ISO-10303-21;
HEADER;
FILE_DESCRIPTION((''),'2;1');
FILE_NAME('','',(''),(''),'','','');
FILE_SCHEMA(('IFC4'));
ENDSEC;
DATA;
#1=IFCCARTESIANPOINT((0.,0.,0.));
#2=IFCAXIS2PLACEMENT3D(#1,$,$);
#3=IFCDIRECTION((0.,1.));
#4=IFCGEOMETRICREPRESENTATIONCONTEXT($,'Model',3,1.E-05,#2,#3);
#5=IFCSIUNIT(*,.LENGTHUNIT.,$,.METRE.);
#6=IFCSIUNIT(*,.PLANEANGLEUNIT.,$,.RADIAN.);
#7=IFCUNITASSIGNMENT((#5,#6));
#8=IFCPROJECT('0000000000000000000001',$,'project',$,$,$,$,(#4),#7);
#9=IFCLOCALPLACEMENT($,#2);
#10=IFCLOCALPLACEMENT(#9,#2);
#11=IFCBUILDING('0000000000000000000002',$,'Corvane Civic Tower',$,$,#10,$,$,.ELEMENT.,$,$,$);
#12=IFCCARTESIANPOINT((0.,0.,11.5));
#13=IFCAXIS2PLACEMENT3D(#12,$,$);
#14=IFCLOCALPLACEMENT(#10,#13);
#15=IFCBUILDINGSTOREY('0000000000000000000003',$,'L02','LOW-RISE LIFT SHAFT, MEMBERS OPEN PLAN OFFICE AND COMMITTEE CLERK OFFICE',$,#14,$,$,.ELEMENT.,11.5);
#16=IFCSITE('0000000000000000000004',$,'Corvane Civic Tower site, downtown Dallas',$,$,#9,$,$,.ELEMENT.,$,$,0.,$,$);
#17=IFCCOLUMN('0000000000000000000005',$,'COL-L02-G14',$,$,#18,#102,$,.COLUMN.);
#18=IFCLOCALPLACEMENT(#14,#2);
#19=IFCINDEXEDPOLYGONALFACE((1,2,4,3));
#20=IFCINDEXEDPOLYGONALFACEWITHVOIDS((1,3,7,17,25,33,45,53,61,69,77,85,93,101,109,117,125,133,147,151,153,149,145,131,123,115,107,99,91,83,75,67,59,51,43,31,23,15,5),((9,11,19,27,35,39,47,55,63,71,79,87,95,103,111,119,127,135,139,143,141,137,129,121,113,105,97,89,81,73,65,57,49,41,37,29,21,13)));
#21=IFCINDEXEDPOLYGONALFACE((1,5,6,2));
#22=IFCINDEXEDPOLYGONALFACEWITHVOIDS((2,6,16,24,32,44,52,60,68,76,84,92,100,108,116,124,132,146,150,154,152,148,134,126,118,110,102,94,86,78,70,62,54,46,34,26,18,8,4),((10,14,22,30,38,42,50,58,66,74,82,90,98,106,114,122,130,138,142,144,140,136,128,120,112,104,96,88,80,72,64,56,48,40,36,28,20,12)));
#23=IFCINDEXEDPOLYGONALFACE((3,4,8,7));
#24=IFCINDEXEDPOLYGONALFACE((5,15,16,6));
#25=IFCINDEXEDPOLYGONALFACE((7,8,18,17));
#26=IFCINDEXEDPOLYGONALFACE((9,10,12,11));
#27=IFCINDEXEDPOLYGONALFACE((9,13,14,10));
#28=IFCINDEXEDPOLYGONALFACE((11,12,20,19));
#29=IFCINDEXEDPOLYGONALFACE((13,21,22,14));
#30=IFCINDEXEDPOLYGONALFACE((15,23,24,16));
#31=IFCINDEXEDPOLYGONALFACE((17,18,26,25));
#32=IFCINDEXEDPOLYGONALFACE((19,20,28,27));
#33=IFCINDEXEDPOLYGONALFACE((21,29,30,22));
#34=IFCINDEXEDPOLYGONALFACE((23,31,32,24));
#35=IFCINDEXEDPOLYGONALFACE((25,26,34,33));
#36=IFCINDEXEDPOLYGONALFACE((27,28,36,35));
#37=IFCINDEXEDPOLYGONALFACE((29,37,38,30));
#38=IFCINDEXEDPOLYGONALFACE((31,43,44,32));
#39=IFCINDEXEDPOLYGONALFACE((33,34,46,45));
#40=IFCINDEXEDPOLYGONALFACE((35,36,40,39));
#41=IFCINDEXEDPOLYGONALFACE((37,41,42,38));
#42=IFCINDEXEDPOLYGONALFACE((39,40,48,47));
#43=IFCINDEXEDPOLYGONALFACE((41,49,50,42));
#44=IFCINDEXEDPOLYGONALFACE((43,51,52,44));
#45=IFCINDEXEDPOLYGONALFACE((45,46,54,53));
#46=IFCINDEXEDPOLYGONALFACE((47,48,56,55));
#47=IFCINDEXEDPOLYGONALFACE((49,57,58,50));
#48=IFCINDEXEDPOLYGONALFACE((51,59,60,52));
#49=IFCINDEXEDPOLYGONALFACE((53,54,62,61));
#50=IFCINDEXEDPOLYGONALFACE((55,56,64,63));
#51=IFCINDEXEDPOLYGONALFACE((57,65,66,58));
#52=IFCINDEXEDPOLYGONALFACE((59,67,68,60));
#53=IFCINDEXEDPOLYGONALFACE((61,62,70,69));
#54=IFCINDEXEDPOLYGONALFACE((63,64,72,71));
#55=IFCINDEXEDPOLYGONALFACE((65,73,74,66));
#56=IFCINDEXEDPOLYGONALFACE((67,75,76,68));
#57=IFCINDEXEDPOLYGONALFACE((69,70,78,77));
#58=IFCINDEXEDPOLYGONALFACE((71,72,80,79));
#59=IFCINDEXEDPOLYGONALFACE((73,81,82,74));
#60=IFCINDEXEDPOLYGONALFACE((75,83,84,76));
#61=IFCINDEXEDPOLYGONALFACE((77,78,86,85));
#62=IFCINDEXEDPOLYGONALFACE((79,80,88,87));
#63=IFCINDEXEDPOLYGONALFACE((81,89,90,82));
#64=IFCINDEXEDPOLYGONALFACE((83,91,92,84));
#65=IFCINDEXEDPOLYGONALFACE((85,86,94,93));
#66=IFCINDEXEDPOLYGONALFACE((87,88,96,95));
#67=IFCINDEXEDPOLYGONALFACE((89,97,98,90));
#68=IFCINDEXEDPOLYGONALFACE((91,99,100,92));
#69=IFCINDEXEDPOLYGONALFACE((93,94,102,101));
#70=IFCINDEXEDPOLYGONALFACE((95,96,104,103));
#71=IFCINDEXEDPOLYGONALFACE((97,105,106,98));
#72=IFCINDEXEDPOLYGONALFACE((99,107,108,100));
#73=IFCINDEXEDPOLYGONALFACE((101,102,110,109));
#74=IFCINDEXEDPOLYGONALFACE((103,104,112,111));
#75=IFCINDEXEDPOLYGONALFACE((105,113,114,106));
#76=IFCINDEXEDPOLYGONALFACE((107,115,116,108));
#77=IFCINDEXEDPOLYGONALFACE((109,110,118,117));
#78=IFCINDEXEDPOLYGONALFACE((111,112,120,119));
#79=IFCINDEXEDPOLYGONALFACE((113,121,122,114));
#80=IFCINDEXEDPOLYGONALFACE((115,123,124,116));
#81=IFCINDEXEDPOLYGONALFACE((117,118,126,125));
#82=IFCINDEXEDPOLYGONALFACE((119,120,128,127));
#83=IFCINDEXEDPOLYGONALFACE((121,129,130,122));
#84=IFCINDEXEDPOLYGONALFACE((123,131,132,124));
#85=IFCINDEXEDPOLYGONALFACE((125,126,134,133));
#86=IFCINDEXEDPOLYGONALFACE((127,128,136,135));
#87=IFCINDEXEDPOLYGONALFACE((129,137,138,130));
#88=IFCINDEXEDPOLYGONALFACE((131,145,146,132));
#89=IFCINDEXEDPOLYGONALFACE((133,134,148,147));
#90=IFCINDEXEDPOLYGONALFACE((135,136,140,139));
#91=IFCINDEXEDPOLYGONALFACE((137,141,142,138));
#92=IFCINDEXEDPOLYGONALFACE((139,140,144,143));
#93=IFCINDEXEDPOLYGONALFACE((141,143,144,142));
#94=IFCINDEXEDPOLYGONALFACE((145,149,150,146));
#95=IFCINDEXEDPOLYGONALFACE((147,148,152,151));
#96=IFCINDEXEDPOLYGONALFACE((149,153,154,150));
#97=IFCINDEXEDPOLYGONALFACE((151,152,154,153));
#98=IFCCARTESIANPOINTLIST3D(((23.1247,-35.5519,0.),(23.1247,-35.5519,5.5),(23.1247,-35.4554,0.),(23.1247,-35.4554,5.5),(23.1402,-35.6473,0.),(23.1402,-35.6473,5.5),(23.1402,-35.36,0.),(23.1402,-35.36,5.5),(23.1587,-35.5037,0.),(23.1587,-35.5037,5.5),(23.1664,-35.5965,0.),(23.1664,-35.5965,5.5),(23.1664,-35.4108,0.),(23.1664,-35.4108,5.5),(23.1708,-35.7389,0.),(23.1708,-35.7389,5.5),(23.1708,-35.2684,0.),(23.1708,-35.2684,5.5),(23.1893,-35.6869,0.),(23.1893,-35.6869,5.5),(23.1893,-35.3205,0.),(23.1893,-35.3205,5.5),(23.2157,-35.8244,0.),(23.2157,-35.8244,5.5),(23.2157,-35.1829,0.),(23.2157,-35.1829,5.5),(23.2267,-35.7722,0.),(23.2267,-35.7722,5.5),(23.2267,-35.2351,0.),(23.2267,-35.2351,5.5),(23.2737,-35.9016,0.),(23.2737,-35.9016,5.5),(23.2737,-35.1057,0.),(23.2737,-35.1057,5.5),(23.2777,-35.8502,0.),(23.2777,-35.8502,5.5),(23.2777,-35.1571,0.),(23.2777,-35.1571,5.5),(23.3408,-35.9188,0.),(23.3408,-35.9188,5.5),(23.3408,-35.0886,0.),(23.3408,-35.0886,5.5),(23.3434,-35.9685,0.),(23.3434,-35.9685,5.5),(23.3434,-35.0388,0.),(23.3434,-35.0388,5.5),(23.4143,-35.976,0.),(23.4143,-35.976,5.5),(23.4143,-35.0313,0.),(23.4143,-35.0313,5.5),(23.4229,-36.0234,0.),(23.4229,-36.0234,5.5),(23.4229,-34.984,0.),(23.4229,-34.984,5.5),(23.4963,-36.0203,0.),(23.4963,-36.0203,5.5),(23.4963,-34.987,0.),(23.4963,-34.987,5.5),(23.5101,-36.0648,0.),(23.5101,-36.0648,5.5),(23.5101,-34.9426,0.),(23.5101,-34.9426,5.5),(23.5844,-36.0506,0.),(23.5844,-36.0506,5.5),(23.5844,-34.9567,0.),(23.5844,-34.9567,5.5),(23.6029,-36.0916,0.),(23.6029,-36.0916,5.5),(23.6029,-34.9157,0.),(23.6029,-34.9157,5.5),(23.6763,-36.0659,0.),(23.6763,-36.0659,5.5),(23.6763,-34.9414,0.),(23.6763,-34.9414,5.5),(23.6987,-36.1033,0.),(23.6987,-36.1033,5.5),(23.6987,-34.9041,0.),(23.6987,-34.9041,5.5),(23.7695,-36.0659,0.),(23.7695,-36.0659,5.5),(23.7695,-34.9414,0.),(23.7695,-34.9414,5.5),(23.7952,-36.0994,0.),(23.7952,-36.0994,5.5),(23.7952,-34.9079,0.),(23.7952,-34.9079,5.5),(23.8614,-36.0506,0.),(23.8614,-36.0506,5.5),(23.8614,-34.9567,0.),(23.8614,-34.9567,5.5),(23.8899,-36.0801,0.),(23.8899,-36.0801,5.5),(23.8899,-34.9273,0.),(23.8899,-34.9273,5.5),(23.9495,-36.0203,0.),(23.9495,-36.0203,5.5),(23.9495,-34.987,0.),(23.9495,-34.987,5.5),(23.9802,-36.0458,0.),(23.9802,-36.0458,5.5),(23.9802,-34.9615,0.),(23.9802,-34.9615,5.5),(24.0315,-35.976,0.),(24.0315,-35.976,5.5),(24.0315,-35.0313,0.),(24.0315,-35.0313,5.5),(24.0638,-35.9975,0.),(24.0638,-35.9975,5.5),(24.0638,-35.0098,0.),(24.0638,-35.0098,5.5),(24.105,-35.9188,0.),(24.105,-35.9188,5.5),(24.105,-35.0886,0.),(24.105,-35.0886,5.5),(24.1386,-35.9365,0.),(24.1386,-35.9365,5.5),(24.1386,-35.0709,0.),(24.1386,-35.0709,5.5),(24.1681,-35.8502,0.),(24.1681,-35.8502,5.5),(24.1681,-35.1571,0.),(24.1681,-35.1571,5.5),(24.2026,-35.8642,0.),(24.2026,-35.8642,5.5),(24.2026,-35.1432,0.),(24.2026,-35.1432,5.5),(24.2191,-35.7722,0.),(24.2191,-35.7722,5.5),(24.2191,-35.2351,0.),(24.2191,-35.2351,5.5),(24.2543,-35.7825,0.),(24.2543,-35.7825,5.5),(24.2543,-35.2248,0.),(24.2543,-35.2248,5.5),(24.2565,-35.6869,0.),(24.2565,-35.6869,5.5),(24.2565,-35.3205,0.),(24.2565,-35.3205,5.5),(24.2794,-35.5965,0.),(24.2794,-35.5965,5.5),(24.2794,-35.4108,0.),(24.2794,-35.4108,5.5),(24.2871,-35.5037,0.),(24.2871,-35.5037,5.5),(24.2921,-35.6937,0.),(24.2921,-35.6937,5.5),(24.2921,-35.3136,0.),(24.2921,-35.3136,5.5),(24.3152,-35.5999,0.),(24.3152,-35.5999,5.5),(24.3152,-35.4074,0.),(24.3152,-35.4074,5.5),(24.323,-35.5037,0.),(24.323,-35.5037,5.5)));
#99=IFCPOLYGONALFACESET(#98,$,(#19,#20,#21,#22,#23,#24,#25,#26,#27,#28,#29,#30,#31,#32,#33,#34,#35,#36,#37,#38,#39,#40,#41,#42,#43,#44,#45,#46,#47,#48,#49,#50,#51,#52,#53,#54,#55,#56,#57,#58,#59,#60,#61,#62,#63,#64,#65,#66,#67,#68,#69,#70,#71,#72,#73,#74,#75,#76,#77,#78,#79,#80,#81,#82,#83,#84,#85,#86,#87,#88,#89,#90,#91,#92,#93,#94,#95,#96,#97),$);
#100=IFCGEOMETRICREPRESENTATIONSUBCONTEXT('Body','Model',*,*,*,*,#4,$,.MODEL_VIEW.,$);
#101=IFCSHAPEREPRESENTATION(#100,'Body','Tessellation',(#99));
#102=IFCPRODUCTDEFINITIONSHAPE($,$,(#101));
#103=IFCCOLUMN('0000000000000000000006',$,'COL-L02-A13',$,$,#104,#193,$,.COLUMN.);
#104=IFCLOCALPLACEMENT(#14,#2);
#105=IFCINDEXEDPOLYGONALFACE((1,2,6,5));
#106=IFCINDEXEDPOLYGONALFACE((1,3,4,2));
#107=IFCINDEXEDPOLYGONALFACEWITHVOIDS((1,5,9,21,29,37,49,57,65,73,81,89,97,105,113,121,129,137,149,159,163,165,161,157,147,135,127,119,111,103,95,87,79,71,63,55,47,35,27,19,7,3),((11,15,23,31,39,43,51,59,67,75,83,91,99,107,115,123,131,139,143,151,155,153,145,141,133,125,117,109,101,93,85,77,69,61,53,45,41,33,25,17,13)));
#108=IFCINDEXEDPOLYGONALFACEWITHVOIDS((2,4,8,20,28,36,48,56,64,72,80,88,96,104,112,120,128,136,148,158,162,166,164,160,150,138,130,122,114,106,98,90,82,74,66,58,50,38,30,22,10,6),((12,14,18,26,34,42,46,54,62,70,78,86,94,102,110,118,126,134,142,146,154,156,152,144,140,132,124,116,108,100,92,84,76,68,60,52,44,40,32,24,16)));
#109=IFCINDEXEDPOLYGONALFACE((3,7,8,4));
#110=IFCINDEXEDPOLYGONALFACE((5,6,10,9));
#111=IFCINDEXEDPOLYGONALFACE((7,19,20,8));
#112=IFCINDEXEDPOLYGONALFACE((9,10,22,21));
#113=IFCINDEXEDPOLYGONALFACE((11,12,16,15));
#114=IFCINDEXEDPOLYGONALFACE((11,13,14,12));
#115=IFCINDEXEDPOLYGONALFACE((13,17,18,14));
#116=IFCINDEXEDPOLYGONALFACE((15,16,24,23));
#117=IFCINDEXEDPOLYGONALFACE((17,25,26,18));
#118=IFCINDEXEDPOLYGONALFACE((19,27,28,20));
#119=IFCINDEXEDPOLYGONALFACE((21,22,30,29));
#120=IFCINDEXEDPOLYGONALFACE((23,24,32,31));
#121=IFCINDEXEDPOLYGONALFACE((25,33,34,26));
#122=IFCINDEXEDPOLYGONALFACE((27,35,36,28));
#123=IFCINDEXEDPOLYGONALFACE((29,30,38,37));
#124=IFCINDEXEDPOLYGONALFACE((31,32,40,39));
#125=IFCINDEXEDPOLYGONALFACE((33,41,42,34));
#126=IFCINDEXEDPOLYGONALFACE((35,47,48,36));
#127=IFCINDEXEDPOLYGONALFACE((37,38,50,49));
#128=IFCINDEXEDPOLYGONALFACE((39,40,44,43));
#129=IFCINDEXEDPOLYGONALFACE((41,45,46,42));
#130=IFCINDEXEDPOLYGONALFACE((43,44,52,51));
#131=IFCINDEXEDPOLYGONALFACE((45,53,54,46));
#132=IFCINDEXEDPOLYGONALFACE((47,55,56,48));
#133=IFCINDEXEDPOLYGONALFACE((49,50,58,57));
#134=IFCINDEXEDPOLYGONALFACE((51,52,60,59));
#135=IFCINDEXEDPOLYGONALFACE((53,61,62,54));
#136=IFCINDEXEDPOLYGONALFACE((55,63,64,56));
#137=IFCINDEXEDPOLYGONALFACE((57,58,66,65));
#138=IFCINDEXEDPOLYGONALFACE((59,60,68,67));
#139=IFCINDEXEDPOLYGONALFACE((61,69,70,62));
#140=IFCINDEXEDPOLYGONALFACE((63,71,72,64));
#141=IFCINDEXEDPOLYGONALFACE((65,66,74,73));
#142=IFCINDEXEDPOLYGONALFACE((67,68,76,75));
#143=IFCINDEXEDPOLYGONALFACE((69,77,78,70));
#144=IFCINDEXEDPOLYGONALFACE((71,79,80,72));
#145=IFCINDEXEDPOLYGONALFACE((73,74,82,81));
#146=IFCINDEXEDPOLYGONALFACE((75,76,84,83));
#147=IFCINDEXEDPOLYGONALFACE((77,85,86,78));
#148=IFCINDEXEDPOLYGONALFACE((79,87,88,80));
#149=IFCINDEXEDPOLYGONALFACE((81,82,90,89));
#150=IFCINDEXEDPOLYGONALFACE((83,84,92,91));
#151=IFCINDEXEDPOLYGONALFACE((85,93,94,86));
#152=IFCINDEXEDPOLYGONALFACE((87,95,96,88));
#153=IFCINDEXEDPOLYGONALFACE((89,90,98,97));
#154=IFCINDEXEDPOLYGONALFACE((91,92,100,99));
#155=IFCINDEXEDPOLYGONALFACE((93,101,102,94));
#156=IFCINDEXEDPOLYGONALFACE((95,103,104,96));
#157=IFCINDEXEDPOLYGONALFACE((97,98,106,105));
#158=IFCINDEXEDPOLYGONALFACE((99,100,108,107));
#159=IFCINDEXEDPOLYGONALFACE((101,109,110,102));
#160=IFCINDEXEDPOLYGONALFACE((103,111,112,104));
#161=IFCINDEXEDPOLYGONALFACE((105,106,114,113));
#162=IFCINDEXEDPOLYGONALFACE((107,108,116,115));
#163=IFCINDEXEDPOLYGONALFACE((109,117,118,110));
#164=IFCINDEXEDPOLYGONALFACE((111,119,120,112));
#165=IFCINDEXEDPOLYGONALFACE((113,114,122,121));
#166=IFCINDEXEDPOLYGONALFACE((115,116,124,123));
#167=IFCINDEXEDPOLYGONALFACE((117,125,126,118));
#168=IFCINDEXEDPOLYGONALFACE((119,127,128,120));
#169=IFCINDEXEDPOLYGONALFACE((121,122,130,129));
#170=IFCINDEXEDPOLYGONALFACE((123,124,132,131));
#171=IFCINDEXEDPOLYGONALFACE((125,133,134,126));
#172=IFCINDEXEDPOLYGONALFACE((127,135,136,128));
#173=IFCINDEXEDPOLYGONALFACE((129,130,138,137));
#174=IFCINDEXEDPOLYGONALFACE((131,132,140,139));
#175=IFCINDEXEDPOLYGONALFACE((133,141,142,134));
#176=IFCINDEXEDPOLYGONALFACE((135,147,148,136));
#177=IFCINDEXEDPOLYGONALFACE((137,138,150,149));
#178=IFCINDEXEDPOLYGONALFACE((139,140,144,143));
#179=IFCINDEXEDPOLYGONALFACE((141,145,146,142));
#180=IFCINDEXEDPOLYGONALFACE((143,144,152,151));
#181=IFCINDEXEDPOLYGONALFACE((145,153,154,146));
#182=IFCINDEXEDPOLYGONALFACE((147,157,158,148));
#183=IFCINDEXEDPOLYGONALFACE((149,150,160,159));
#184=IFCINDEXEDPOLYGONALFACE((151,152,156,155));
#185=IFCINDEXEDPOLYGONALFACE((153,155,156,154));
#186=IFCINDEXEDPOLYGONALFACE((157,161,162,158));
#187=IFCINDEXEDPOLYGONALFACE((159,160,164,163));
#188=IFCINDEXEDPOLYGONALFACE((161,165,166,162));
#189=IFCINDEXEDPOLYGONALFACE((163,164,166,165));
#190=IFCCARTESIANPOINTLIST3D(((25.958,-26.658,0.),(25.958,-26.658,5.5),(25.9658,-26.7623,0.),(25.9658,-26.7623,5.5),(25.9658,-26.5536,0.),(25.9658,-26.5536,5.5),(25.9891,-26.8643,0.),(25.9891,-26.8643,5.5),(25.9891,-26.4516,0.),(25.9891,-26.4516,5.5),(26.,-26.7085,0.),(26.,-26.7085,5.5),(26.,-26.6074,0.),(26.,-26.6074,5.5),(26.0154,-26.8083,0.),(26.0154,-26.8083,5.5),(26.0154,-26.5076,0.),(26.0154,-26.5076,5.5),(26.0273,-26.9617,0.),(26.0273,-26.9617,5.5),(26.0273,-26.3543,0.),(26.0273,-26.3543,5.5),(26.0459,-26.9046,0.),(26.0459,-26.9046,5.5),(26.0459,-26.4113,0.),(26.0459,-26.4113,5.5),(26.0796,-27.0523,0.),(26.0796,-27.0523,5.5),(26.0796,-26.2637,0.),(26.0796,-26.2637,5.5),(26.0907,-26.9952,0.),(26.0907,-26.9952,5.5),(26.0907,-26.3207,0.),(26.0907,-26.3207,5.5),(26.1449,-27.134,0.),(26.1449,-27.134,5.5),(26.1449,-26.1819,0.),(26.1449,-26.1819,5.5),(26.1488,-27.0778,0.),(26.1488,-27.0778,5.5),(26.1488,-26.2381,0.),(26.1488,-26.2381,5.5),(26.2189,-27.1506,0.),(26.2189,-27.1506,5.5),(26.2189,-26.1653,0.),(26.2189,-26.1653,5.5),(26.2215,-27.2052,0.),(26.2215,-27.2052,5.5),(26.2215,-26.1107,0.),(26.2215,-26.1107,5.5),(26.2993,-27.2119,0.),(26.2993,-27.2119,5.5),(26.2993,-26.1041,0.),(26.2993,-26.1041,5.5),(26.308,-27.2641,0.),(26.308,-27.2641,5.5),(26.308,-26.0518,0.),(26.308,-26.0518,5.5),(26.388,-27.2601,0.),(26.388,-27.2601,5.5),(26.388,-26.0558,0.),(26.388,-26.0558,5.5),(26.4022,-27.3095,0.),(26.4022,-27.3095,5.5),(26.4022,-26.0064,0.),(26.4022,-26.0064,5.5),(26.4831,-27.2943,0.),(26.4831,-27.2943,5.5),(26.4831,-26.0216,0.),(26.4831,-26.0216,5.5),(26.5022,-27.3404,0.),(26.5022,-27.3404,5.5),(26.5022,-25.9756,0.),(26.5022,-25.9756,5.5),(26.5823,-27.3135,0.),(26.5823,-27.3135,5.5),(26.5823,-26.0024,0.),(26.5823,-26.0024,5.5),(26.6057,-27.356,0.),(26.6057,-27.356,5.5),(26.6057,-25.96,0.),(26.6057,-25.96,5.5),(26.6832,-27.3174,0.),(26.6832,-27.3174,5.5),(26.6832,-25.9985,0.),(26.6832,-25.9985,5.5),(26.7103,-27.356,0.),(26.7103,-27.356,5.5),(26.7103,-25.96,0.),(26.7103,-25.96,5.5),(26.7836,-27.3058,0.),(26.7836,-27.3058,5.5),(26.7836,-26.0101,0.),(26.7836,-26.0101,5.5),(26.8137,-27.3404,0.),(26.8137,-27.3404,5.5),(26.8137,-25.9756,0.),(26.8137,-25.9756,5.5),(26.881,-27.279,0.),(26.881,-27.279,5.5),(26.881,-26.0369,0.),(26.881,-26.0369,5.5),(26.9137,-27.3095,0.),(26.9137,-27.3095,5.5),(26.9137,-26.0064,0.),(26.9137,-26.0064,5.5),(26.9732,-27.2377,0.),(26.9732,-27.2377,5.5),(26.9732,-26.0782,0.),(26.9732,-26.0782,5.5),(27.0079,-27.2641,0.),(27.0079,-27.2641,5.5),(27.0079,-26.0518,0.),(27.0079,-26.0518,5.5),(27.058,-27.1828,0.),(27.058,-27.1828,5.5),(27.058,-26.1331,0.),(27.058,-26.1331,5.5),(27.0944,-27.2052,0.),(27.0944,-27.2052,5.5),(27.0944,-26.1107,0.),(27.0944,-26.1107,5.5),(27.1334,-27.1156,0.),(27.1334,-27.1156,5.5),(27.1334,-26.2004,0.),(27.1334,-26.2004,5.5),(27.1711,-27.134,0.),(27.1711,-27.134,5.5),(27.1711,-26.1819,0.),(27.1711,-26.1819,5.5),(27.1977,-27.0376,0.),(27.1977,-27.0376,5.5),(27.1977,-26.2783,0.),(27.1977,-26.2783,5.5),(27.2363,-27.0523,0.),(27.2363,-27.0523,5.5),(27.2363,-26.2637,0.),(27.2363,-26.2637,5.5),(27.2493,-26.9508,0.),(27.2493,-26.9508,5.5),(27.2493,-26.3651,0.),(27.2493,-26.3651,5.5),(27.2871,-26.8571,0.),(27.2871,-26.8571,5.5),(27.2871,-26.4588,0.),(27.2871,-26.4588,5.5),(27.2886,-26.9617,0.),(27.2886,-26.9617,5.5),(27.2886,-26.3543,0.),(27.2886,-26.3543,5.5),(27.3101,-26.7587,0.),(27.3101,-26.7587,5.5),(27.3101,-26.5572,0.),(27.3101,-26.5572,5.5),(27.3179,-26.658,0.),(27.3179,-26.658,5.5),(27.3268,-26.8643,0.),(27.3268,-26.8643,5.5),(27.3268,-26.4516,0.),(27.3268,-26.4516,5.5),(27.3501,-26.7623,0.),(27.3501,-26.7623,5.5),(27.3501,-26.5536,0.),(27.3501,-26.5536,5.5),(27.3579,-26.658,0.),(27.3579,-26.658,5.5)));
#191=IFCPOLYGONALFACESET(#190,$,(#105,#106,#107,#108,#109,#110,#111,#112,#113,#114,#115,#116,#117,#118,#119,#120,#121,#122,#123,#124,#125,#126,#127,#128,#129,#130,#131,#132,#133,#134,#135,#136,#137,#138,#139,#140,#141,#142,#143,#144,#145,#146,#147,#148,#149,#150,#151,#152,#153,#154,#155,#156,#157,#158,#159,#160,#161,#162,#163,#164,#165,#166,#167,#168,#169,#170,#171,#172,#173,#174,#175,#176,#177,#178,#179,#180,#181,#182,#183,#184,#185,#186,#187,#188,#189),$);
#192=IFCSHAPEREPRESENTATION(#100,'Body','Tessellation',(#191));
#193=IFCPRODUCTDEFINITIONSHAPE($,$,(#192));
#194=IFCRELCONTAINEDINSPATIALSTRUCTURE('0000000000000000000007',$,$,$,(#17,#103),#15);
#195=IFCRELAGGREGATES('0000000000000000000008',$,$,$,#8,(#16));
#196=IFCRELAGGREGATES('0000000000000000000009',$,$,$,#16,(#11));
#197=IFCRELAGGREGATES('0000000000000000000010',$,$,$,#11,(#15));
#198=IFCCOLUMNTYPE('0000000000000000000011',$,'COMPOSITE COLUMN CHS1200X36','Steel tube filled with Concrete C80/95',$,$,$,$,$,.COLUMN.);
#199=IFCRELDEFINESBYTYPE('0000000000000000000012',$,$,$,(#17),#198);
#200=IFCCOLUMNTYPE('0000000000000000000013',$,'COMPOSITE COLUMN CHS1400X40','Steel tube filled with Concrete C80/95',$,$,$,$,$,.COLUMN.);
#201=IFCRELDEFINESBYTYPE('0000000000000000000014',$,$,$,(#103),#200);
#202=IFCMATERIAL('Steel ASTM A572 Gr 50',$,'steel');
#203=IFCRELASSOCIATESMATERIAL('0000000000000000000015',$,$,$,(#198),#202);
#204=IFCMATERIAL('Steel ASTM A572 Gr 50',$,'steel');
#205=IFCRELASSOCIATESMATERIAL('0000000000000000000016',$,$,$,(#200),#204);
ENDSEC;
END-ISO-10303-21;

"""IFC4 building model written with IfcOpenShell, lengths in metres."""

from ifc_helpers import new_model, si_unit, direction, frame, origin, origin_2d, place, context, subcontext, project, spatial, hollow_circle, extrude, material, material_profile, profile_set, type_object, element, save


model = new_model("IFC4")

# Units and contexts
model_context = context("Model", 3, precision=1e-05, world=origin(), true_north=direction((0.0, 1.0)))
body_context = subcontext(model_context, "Body", "Model", "MODEL_VIEW")
ifc_project = project(units=[si_unit("LENGTHUNIT", "METRE"), si_unit("PLANEANGLEUNIT", "RADIAN")], contexts=[model_context])

# Site, building, storey
site_placement = place(None, origin())
site = spatial("IfcSite", under=ifc_project, at=site_placement, Name="Corvane Civic Tower site, downtown Dallas", CompositionType="ELEMENT", RefElevation=0.0)
building_placement = place(site_placement, origin())
building = spatial("IfcBuilding", under=site, at=building_placement, Name="Corvane Civic Tower", CompositionType="ELEMENT")
storey_placement = place(building_placement, frame((0.0, 0.0, 11.5)))
storey = spatial("IfcBuildingStorey", under=building, at=storey_placement, Name="L02", Description="LOW-RISE LIFT SHAFT, MEMBERS OPEN PLAN OFFICE AND COMMITTEE CLERK OFFICE", CompositionType="ELEMENT", Elevation=11.5)

# Columns
ifc_material_1 = material(Name="Steel ASTM A572 Gr 50", Category="steel")
ifc_material_profile_1 = material_profile(ifc_material_1, hollow_circle(Radius=0.6001, WallThickness=0.0359, at=origin_2d()), Name="CHS1200X36")
ifc_profile_set_1 = profile_set([ifc_material_profile_1], Name="Steel ASTM A572 Gr 50")
column_type_1 = type_object("IfcColumnType", Name="COMPOSITE COLUMN CHS1200X36", Description="Steel tube filled with Concrete C80/95", PredefinedType="COLUMN", material=ifc_profile_set_1)
for number, where, z_axis, x_axis, name in (
    (1, (23.7229, -35.5037, 0.0), (0.0, 0.0, 1.0), (1.0, 0.0, 0.0), "COL-L02-G14"),
):
    element("IfcColumn", number, at=place(storey_placement, frame(where, z_axis=z_axis, x_axis=x_axis)), inside=storey, type_object=column_type_1, Name=name, PredefinedType="COLUMN", context=body_context, shape_type="SweptSolid", body=[
        extrude(hollow_circle(Radius=0.6001, WallThickness=0.0359, at=origin_2d()), origin(), (0.0, 0.0, 1.0), 5.5),
    ])
ifc_material_2 = material(Name="Steel ASTM A572 Gr 50", Category="steel")
ifc_material_profile_2 = material_profile(ifc_material_2, hollow_circle(Radius=0.7, WallThickness=0.04, at=origin_2d()), Name="CHS1400X40")
ifc_profile_set_2 = profile_set([ifc_material_profile_2], Name="Steel ASTM A572 Gr 50")
column_type_2 = type_object("IfcColumnType", Name="COMPOSITE COLUMN CHS1400X40", Description="Steel tube filled with Concrete C80/95", PredefinedType="COLUMN", material=ifc_profile_set_2)
column_placement = place(storey_placement, frame((26.658, -26.658, 0.0), z_axis=(0.0, 0.0, 1.0), x_axis=(1.0, 0.0, 0.0)))
element("IfcColumn", 2, at=column_placement, inside=storey, type_object=column_type_2, Name="COL-L02-A13", PredefinedType="COLUMN", context=body_context, shape_type="SweptSolid", body=[
    extrude(hollow_circle(Radius=0.7, WallThickness=0.04, at=origin_2d()), origin(), (0.0, 0.0, 1.0), 5.5),
])

save(model, "model.ifc")
